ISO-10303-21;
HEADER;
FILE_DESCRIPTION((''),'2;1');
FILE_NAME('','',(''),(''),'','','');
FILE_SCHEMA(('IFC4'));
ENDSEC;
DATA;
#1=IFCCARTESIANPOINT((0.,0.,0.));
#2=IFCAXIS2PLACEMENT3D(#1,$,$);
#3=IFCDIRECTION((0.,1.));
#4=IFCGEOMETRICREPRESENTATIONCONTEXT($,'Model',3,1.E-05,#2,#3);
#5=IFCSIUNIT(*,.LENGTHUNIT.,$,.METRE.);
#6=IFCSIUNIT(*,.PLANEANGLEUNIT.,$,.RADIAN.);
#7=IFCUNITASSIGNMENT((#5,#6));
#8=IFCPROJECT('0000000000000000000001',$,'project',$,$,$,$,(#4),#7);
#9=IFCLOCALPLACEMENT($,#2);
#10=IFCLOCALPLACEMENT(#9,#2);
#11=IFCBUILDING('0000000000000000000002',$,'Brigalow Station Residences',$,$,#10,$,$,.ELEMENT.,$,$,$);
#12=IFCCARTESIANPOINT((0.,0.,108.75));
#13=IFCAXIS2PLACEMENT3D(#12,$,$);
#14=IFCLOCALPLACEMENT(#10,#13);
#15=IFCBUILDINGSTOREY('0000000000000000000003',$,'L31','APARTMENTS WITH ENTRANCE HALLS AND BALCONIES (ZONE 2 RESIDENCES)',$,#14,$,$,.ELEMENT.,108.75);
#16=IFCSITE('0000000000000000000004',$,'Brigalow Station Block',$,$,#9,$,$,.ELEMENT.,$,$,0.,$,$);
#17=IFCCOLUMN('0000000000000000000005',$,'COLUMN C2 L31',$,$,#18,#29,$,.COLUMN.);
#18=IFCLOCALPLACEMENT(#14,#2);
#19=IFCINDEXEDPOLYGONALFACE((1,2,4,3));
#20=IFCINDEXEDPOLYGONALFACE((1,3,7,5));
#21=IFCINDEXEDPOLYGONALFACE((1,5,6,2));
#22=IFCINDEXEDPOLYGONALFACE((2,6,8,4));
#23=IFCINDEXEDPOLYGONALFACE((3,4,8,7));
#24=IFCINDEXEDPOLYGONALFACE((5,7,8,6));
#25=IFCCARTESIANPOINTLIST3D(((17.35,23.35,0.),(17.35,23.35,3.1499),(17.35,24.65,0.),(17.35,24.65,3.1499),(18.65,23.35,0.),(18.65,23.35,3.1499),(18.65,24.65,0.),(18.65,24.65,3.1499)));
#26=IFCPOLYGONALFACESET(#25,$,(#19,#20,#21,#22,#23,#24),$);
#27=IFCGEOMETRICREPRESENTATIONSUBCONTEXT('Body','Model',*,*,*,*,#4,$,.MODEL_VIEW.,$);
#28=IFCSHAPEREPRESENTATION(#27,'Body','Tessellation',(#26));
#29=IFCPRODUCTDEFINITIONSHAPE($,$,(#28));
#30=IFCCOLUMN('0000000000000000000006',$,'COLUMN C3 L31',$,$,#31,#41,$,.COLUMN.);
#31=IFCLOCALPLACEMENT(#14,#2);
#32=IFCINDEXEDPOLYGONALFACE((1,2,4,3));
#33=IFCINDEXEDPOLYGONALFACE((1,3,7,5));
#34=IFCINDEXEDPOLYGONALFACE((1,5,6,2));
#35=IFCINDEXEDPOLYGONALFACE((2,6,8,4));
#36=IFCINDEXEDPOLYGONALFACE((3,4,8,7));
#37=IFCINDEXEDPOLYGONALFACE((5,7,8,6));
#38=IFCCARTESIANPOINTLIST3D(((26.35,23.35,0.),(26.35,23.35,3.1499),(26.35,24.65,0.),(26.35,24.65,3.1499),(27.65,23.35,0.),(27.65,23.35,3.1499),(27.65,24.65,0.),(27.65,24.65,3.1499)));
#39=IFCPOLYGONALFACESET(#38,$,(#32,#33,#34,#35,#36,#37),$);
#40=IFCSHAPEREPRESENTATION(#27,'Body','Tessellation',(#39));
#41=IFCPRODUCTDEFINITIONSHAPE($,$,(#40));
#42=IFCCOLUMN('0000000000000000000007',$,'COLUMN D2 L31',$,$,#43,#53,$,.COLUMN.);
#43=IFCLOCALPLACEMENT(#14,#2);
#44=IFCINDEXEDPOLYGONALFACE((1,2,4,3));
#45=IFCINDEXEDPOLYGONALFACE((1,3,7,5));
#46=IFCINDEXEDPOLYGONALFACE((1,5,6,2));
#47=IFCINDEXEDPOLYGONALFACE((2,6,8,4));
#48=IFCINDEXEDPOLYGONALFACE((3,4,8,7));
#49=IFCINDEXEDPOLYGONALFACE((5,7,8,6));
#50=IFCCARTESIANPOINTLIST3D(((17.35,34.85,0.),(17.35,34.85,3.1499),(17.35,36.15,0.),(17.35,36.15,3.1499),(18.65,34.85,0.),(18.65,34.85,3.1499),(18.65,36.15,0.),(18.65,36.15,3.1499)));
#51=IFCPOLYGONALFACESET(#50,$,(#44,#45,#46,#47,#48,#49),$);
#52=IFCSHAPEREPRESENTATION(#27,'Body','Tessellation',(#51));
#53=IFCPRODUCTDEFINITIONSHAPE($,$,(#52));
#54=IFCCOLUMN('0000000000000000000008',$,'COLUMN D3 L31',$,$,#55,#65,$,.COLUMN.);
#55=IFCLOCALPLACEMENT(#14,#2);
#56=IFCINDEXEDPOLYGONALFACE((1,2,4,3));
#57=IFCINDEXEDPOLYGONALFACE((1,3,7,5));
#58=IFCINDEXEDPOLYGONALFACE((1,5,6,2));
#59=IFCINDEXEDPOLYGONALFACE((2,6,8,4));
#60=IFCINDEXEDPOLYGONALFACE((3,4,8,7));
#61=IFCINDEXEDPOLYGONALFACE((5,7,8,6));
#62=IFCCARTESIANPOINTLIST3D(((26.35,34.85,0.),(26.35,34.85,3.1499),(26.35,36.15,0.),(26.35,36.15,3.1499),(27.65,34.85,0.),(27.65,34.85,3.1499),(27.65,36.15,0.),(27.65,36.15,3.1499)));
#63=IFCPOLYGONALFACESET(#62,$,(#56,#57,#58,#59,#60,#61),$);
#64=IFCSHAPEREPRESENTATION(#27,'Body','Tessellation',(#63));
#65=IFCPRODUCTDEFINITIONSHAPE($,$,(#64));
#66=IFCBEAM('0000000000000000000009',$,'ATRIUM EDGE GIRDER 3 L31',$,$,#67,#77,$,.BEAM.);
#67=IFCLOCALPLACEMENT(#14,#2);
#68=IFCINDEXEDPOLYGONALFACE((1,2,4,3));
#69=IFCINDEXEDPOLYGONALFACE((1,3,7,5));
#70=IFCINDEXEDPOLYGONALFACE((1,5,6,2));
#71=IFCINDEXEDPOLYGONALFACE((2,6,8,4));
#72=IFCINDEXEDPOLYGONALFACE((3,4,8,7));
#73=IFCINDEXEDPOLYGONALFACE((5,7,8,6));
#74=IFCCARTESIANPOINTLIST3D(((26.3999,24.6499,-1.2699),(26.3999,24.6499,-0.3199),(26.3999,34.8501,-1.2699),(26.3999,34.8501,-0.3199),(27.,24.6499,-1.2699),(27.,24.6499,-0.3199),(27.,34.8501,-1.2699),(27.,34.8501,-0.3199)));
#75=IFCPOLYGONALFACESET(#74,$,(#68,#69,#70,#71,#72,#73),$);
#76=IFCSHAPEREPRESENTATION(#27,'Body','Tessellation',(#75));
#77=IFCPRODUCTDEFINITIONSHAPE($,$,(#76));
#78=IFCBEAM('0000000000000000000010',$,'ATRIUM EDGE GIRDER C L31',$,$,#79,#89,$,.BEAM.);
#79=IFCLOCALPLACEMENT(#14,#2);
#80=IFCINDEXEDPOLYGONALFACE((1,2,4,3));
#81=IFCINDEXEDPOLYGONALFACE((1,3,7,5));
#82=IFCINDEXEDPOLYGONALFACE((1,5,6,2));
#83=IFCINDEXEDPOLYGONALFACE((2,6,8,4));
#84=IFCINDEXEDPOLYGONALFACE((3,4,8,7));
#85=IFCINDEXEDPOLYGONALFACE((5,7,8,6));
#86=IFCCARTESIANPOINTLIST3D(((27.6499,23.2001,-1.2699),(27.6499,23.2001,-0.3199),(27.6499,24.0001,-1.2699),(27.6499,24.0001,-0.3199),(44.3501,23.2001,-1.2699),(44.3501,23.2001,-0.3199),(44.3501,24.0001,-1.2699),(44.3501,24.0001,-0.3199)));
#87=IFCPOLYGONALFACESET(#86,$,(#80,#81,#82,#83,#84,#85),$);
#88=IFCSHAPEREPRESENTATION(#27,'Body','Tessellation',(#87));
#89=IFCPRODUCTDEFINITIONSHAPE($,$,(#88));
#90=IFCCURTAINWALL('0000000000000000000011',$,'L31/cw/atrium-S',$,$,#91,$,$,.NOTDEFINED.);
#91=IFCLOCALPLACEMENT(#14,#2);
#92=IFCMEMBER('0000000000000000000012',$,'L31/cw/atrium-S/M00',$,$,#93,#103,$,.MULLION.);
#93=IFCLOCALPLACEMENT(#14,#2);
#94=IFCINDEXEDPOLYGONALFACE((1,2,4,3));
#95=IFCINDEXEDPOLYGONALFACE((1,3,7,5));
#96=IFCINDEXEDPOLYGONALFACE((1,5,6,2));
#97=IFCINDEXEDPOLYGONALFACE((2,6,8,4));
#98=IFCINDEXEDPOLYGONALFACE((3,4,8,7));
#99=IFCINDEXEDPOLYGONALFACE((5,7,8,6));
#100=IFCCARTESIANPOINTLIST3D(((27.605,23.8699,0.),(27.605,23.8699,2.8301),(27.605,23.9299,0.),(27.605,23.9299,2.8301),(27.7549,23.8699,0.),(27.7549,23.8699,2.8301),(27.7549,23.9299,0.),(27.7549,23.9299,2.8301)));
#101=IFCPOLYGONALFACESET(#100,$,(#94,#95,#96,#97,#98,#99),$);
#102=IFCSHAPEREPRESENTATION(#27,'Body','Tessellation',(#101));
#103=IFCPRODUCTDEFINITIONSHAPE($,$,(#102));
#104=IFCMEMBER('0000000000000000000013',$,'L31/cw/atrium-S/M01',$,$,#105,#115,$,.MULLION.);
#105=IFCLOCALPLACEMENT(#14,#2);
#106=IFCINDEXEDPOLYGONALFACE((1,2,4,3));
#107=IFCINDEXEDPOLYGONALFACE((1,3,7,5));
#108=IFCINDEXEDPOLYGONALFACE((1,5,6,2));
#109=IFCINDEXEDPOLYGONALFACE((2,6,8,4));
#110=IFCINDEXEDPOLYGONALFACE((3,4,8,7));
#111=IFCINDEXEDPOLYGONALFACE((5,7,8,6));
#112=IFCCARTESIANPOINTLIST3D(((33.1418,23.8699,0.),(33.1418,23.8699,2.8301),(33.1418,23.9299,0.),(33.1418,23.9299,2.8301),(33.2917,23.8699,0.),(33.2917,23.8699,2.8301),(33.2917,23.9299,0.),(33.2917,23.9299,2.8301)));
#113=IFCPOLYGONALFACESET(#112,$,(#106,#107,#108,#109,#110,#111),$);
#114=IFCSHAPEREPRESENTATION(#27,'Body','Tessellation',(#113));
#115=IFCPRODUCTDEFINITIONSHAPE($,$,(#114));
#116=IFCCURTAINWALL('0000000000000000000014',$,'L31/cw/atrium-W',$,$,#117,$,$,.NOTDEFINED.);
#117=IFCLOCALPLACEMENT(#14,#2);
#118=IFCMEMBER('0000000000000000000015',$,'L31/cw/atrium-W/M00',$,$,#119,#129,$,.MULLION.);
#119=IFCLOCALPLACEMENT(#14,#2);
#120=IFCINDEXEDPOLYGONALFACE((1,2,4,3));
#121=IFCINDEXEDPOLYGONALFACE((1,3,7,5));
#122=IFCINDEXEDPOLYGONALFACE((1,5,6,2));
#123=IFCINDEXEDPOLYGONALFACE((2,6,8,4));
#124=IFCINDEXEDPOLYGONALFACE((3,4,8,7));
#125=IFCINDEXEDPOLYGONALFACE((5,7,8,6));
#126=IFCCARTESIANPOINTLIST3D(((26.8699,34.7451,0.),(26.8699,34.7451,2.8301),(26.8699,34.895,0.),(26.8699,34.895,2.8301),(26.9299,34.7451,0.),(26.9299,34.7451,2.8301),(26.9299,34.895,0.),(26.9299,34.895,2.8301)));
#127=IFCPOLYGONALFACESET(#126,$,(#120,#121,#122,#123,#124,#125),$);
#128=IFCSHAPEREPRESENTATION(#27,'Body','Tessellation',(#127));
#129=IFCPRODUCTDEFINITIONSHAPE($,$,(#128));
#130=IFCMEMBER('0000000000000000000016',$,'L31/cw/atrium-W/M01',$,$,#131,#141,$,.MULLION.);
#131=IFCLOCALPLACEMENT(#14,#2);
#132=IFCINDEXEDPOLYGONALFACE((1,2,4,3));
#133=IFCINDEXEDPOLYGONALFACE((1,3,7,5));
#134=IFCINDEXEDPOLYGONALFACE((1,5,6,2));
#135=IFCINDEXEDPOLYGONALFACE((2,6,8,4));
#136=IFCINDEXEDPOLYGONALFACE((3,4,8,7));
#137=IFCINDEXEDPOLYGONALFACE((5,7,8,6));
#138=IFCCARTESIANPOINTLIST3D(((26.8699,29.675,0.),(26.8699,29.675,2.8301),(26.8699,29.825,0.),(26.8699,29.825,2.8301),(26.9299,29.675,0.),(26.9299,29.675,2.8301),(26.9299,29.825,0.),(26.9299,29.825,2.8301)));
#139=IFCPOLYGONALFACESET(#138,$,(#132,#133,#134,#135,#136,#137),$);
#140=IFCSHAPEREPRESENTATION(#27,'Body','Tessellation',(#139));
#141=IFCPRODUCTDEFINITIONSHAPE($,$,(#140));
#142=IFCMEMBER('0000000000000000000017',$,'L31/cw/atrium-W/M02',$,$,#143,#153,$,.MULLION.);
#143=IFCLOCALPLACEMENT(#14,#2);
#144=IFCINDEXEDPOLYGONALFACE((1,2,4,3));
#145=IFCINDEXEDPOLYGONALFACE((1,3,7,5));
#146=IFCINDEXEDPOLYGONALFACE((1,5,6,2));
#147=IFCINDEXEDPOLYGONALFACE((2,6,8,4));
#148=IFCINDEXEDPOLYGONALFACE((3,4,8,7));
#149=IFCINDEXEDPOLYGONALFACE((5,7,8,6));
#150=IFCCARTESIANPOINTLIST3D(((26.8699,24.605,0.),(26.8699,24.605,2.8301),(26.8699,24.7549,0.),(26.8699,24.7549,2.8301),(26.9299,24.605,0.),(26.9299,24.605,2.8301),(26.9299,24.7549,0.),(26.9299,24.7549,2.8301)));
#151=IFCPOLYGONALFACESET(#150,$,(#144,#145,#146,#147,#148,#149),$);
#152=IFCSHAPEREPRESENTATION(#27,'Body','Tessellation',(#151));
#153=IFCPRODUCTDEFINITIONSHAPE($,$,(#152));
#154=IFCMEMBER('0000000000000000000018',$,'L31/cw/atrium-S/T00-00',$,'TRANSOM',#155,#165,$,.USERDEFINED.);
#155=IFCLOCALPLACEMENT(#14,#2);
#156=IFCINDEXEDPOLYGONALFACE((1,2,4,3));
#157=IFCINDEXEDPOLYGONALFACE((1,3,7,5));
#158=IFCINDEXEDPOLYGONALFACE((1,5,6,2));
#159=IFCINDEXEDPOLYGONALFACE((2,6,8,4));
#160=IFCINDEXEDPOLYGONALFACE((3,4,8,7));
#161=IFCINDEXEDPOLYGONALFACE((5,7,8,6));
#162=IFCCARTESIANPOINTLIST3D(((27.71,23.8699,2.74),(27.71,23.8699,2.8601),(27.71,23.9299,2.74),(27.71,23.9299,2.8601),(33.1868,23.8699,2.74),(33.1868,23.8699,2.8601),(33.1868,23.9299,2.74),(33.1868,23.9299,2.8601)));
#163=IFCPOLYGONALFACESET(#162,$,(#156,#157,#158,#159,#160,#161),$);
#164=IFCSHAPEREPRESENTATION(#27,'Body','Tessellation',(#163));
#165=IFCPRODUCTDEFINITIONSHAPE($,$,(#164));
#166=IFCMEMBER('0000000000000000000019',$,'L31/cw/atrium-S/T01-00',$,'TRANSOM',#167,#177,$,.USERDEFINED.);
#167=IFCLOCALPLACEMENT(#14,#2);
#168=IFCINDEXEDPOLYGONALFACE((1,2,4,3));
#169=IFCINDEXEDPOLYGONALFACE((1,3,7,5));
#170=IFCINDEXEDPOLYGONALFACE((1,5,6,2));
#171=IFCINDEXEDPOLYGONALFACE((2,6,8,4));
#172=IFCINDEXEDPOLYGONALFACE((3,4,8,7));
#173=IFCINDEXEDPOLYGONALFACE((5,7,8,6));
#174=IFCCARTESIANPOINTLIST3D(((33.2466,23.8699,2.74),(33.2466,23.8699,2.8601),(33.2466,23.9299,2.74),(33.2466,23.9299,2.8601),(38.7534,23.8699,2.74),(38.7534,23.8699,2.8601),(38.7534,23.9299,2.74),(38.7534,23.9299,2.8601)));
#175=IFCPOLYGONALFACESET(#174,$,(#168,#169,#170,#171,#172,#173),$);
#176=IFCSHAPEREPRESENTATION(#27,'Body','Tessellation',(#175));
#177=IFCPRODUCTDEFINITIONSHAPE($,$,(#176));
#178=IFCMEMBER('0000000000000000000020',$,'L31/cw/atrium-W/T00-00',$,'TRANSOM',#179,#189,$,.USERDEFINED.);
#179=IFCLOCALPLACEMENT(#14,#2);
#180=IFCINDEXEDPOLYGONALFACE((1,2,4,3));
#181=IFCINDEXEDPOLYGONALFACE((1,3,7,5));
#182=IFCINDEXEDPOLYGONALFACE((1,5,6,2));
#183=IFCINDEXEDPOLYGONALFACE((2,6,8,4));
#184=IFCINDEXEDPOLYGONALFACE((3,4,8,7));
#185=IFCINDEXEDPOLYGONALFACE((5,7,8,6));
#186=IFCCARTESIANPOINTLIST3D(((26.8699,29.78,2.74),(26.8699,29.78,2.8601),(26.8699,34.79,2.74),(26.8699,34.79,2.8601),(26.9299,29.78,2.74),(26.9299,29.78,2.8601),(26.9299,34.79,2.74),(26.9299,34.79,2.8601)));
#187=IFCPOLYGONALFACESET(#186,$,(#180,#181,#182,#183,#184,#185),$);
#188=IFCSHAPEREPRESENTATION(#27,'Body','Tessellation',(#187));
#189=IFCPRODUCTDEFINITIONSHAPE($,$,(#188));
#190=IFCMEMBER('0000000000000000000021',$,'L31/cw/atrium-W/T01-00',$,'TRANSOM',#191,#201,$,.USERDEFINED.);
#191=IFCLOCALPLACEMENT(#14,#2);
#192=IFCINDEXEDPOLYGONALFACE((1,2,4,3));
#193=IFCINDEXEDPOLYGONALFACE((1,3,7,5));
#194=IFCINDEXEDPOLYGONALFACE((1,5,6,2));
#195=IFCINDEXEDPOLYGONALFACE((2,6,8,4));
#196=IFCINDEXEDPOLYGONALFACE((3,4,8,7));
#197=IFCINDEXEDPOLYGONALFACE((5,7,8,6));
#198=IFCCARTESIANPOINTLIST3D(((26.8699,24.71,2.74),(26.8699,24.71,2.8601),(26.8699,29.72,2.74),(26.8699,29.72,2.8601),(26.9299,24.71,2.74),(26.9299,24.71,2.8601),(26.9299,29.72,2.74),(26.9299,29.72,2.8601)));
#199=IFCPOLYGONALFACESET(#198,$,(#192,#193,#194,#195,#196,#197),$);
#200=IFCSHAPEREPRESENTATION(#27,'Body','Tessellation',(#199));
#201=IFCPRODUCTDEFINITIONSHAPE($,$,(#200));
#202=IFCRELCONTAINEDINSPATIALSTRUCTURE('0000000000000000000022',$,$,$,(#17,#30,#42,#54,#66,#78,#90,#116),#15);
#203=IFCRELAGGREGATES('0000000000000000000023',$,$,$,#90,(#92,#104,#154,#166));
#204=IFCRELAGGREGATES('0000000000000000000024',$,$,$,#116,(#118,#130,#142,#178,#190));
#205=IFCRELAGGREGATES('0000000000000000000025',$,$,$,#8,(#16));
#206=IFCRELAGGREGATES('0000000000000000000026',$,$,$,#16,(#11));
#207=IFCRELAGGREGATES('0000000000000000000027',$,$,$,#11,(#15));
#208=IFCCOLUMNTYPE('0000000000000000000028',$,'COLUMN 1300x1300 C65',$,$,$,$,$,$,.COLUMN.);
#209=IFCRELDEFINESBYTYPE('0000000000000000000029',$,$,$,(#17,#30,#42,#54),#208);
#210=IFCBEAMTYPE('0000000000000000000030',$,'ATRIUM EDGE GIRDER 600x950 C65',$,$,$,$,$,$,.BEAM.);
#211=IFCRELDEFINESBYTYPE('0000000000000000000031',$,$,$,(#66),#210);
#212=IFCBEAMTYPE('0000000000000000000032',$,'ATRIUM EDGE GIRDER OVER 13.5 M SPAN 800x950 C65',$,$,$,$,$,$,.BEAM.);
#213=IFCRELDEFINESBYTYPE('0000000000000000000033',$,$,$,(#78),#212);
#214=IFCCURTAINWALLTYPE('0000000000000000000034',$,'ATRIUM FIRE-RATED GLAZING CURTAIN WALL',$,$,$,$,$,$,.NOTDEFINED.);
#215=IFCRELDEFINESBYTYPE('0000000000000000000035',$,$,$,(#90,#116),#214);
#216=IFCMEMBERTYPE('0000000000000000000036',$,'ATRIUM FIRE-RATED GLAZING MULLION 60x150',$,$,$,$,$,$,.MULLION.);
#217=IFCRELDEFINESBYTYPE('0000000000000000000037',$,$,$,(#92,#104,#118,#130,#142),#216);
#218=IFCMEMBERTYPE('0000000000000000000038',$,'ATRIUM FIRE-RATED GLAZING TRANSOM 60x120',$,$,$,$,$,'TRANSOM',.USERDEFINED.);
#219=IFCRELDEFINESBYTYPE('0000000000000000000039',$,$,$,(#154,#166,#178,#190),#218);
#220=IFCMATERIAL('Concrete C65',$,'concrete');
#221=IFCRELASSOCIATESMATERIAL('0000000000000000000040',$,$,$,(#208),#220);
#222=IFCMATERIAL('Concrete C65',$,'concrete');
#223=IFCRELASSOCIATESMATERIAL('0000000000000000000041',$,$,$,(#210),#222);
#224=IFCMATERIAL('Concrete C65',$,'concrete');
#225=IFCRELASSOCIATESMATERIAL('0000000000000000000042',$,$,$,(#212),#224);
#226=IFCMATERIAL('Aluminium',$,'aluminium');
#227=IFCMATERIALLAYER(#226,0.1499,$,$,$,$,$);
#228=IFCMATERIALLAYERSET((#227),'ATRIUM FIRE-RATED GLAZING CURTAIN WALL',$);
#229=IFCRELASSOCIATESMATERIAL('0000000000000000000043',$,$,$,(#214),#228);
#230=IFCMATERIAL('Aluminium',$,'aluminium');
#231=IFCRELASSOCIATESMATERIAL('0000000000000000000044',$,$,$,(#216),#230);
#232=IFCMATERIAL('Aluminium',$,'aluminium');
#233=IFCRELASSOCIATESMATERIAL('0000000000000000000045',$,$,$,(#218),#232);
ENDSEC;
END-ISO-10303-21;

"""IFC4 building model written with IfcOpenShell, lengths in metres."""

from ifc_helpers import new_model, si_unit, direction, frame, origin, origin_2d, place, context, subcontext, project, spatial, rectangle, extrude, material, layer, layer_set, material_profile, profile_set, type_object, element, aggregate, save


model = new_model("IFC4")

# Units and contexts
model_context = context("Model", 3, precision=1e-05, world=origin(), true_north=direction((0.0, 1.0)))
body_context = subcontext(model_context, "Body", "Model", "MODEL_VIEW")
ifc_project = project(units=[si_unit("LENGTHUNIT", "METRE"), si_unit("PLANEANGLEUNIT", "RADIAN")], contexts=[model_context])

# Site, building, storey
site_placement = place(None, origin())
site = spatial("IfcSite", under=ifc_project, at=site_placement, Name="Brigalow Station Block", CompositionType="ELEMENT", RefElevation=0.0)
building_placement = place(site_placement, origin())
building = spatial("IfcBuilding", under=site, at=building_placement, Name="Brigalow Station Residences", CompositionType="ELEMENT")
storey_placement = place(building_placement, frame((0.0, 0.0, 108.75)))
storey = spatial("IfcBuildingStorey", under=building, at=storey_placement, Name="L31", Description="APARTMENTS WITH ENTRANCE HALLS AND BALCONIES (ZONE 2 RESIDENCES)", CompositionType="ELEMENT", Elevation=108.75)

# Columns
ifc_material_1 = material(Name="Concrete C65", Category="concrete")
ifc_material_profile_1 = material_profile(ifc_material_1, rectangle(XDim=1.3, YDim=1.3, at=origin_2d()), Name="RC1300x1300")
ifc_profile_set_1 = profile_set([ifc_material_profile_1], Name="Concrete C65")
column_type = type_object("IfcColumnType", Name="COLUMN 1300x1300 C65", PredefinedType="COLUMN", material=ifc_profile_set_1)
for number, where, z_axis, x_axis, name in (
    (1, (18.0, 24.0, 0.0), (0.0, 0.0, 1.0), (1.0, 0.0, 0.0), "COLUMN C2 L31"),
    (2, (27.0, 24.0, 0.0), (0.0, 0.0, 1.0), (1.0, 0.0, 0.0), "COLUMN C3 L31"),
    (3, (18.0, 35.5, 0.0), (0.0, 0.0, 1.0), (1.0, 0.0, 0.0), "COLUMN D2 L31"),
    (4, (27.0, 35.5, 0.0), (0.0, 0.0, 1.0), (1.0, 0.0, 0.0), "COLUMN D3 L31"),
):
    element("IfcColumn", number, at=place(storey_placement, frame(where, z_axis=z_axis, x_axis=x_axis)), inside=storey, type_object=column_type, Name=name, PredefinedType="COLUMN", context=body_context, shape_type="SweptSolid", body=[
        extrude(rectangle(XDim=1.3, YDim=1.3, at=origin_2d()), origin(), (0.0, 0.0, 1.0), 3.1499),
    ])

# Beams
ifc_material_2 = material(Name="Concrete C65", Category="concrete")
ifc_material_profile_2 = material_profile(ifc_material_2, rectangle(XDim=0.6001, YDim=0.95, at=origin_2d()), Name="RC600x950")
ifc_profile_set_2 = profile_set([ifc_material_profile_2], Name="Concrete C65")
beam_type_1 = type_object("IfcBeamType", Name="ATRIUM EDGE GIRDER 600x950 C65", PredefinedType="BEAM", material=ifc_profile_set_2)
beam_1_placement = place(storey_placement, frame((26.7, 24.6499, -0.7949), z_axis=(0.0, 1.0, 0.0), x_axis=(-1.0, 0.0, 0.0)))
element("IfcBeam", 5, at=beam_1_placement, inside=storey, type_object=beam_type_1, Name="ATRIUM EDGE GIRDER 3 L31", PredefinedType="BEAM", context=body_context, shape_type="SweptSolid", body=[
    extrude(rectangle(XDim=0.6001, YDim=0.95, at=origin_2d()), origin(), (0.0, 0.0, 1.0), 10.2002),
])
ifc_material_3 = material(Name="Concrete C65", Category="concrete")
ifc_material_profile_3 = material_profile(ifc_material_3, rectangle(XDim=0.8, YDim=0.95, at=origin_2d()), Name="RC800x950")
ifc_profile_set_3 = profile_set([ifc_material_profile_3], Name="Concrete C65")
beam_type_2 = type_object("IfcBeamType", Name="ATRIUM EDGE GIRDER OVER 13.5 M SPAN 800x950 C65", PredefinedType="BEAM", material=ifc_profile_set_3)
beam_2_placement = place(storey_placement, frame((27.6499, 23.6001, -0.7949), z_axis=(1.0, 0.0, 0.0), x_axis=(0.0, 1.0, 0.0)))
element("IfcBeam", 6, at=beam_2_placement, inside=storey, type_object=beam_type_2, Name="ATRIUM EDGE GIRDER C L31", PredefinedType="BEAM", context=body_context, shape_type="SweptSolid", body=[
    extrude(rectangle(XDim=0.8, YDim=0.95, at=origin_2d()), origin(), (0.0, 0.0, 1.0), 16.7002),
])

# Curtain walls, members
ifc_material_4 = material(Name="Aluminium", Category="aluminium")
ifc_layer_1 = layer(ifc_material_4, 0.1499)
ifc_layer_set_1 = layer_set([ifc_layer_1], Name="ATRIUM FIRE-RATED GLAZING CURTAIN WALL")
curtain_wall_type = type_object("IfcCurtainWallType", Name="ATRIUM FIRE-RATED GLAZING CURTAIN WALL", PredefinedType="NOTDEFINED", material=ifc_layer_set_1)
curtain_wall_1_placement = place(storey_placement, origin())
curtain_wall_1 = element("IfcCurtainWall", 7, at=curtain_wall_1_placement, inside=storey, type_object=curtain_wall_type, Name="L31/cw/atrium-S", PredefinedType="NOTDEFINED")
ifc_material_5 = material(Name="Aluminium", Category="aluminium")
ifc_material_profile_4 = material_profile(ifc_material_5, rectangle(XDim=0.0601, YDim=0.1499, at=origin_2d()), Name="ATRIUM FIRE-RATED GLAZING MULLION 60x150")
ifc_profile_set_4 = profile_set([ifc_material_profile_4], Name="Aluminium")
member_type_1 = type_object("IfcMemberType", Name="ATRIUM FIRE-RATED GLAZING MULLION 60x150", PredefinedType="MULLION", material=ifc_profile_set_4)
member_1_placement = place(storey_placement, frame((27.6799, 23.8999, 0.0), z_axis=(0.0, 0.0, 1.0), x_axis=(0.0, 1.0, 0.0)))
member_1 = element("IfcMember", 8, at=member_1_placement, type_object=member_type_1, Name="L31/cw/atrium-S/M00", PredefinedType="MULLION", context=body_context, shape_type="SweptSolid", body=[
    extrude(rectangle(XDim=0.0601, YDim=0.1499, at=origin_2d()), origin(), (0.0, 0.0, 1.0), 2.8301),
])
member_2_placement = place(storey_placement, frame((33.2168, 23.8999, 0.0), z_axis=(0.0, 0.0, 1.0), x_axis=(0.0, 1.0, 0.0)))
member_2 = element("IfcMember", 9, at=member_2_placement, type_object=member_type_1, Name="L31/cw/atrium-S/M01", PredefinedType="MULLION", context=body_context, shape_type="SweptSolid", body=[
    extrude(rectangle(XDim=0.0601, YDim=0.1499, at=origin_2d()), origin(), (0.0, 0.0, 1.0), 2.8301),
])
curtain_wall_2_placement = place(storey_placement, origin())
curtain_wall_2 = element("IfcCurtainWall", 10, at=curtain_wall_2_placement, inside=storey, type_object=curtain_wall_type, Name="L31/cw/atrium-W", PredefinedType="NOTDEFINED")
member_3_placement = place(storey_placement, frame((26.8999, 34.8201, 0.0), z_axis=(0.0, 0.0, 1.0), x_axis=(1.0, 0.0, 0.0)))
member_3 = element("IfcMember", 11, at=member_3_placement, type_object=member_type_1, Name="L31/cw/atrium-W/M00", PredefinedType="MULLION", context=body_context, shape_type="SweptSolid", body=[
    extrude(rectangle(XDim=0.0601, YDim=0.1499, at=origin_2d()), origin(), (0.0, 0.0, 1.0), 2.8301),
])
member_4_placement = place(storey_placement, frame((26.8999, 29.75, 0.0), z_axis=(0.0, 0.0, 1.0), x_axis=(1.0, 0.0, 0.0)))
member_4 = element("IfcMember", 12, at=member_4_placement, type_object=member_type_1, Name="L31/cw/atrium-W/M01", PredefinedType="MULLION", context=body_context, shape_type="SweptSolid", body=[
    extrude(rectangle(XDim=0.0601, YDim=0.1499, at=origin_2d()), origin(), (0.0, 0.0, 1.0), 2.8301),
])
member_5_placement = place(storey_placement, frame((26.8999, 24.6799, 0.0), z_axis=(0.0, 0.0, 1.0), x_axis=(1.0, 0.0, 0.0)))
member_5 = element("IfcMember", 13, at=member_5_placement, type_object=member_type_1, Name="L31/cw/atrium-W/M02", PredefinedType="MULLION", context=body_context, shape_type="SweptSolid", body=[
    extrude(rectangle(XDim=0.0601, YDim=0.1499, at=origin_2d()), origin(), (0.0, 0.0, 1.0), 2.8301),
])

# Members
ifc_material_6 = material(Name="Aluminium", Category="aluminium")
ifc_material_profile_5 = material_profile(ifc_material_6, rectangle(XDim=0.0601, YDim=0.1201, at=origin_2d()), Name="ATRIUM FIRE-RATED GLAZING TRANSOM 60x120")
ifc_profile_set_5 = profile_set([ifc_material_profile_5], Name="Aluminium")
member_type_2 = type_object("IfcMemberType", Name="ATRIUM FIRE-RATED GLAZING TRANSOM 60x120", ElementType="TRANSOM", PredefinedType="USERDEFINED", material=ifc_profile_set_5)
member_6_placement = place(storey_placement, frame((27.71, 23.8999, 2.8), z_axis=(1.0, 0.0, 0.0), x_axis=(0.0, 1.0, 0.0)))
member_6 = element("IfcMember", 14, at=member_6_placement, type_object=member_type_2, Name="L31/cw/atrium-S/T00-00", ObjectType="TRANSOM", PredefinedType="USERDEFINED", context=body_context, shape_type="SweptSolid", body=[
    extrude(rectangle(XDim=0.0601, YDim=0.1201, at=origin_2d()), origin(), (0.0, 0.0, 1.0), 5.4768),
])
member_7_placement = place(storey_placement, frame((33.2466, 23.8999, 2.8), z_axis=(1.0, 0.0, 0.0), x_axis=(0.0, 1.0, 0.0)))
member_7 = element("IfcMember", 15, at=member_7_placement, type_object=member_type_2, Name="L31/cw/atrium-S/T01-00", ObjectType="TRANSOM", PredefinedType="USERDEFINED", context=body_context, shape_type="SweptSolid", body=[
    extrude(rectangle(XDim=0.0601, YDim=0.1201, at=origin_2d()), origin(), (0.0, 0.0, 1.0), 5.5068),
])
member_8_placement = place(storey_placement, frame((26.8999, 34.79, 2.8), z_axis=(0.0, -1.0, 0.0), x_axis=(1.0, 0.0, 0.0)))
member_8 = element("IfcMember", 16, at=member_8_placement, type_object=member_type_2, Name="L31/cw/atrium-W/T00-00", ObjectType="TRANSOM", PredefinedType="USERDEFINED", context=body_context, shape_type="SweptSolid", body=[
    extrude(rectangle(XDim=0.0601, YDim=0.1201, at=origin_2d()), origin(), (0.0, 0.0, 1.0), 5.01),
])
member_9_placement = place(storey_placement, frame((26.8999, 29.72, 2.8), z_axis=(0.0, -1.0, 0.0), x_axis=(1.0, 0.0, 0.0)))
member_9 = element("IfcMember", 17, at=member_9_placement, type_object=member_type_2, Name="L31/cw/atrium-W/T01-00", ObjectType="TRANSOM", PredefinedType="USERDEFINED", context=body_context, shape_type="SweptSolid", body=[
    extrude(rectangle(XDim=0.0601, YDim=0.1201, at=origin_2d()), origin(), (0.0, 0.0, 1.0), 5.01),
])

aggregate(curtain_wall_1, [member_1, member_2, member_6, member_7])
aggregate(curtain_wall_2, [member_3, member_4, member_5, member_8, member_9])

save(model, "model.ifc")
